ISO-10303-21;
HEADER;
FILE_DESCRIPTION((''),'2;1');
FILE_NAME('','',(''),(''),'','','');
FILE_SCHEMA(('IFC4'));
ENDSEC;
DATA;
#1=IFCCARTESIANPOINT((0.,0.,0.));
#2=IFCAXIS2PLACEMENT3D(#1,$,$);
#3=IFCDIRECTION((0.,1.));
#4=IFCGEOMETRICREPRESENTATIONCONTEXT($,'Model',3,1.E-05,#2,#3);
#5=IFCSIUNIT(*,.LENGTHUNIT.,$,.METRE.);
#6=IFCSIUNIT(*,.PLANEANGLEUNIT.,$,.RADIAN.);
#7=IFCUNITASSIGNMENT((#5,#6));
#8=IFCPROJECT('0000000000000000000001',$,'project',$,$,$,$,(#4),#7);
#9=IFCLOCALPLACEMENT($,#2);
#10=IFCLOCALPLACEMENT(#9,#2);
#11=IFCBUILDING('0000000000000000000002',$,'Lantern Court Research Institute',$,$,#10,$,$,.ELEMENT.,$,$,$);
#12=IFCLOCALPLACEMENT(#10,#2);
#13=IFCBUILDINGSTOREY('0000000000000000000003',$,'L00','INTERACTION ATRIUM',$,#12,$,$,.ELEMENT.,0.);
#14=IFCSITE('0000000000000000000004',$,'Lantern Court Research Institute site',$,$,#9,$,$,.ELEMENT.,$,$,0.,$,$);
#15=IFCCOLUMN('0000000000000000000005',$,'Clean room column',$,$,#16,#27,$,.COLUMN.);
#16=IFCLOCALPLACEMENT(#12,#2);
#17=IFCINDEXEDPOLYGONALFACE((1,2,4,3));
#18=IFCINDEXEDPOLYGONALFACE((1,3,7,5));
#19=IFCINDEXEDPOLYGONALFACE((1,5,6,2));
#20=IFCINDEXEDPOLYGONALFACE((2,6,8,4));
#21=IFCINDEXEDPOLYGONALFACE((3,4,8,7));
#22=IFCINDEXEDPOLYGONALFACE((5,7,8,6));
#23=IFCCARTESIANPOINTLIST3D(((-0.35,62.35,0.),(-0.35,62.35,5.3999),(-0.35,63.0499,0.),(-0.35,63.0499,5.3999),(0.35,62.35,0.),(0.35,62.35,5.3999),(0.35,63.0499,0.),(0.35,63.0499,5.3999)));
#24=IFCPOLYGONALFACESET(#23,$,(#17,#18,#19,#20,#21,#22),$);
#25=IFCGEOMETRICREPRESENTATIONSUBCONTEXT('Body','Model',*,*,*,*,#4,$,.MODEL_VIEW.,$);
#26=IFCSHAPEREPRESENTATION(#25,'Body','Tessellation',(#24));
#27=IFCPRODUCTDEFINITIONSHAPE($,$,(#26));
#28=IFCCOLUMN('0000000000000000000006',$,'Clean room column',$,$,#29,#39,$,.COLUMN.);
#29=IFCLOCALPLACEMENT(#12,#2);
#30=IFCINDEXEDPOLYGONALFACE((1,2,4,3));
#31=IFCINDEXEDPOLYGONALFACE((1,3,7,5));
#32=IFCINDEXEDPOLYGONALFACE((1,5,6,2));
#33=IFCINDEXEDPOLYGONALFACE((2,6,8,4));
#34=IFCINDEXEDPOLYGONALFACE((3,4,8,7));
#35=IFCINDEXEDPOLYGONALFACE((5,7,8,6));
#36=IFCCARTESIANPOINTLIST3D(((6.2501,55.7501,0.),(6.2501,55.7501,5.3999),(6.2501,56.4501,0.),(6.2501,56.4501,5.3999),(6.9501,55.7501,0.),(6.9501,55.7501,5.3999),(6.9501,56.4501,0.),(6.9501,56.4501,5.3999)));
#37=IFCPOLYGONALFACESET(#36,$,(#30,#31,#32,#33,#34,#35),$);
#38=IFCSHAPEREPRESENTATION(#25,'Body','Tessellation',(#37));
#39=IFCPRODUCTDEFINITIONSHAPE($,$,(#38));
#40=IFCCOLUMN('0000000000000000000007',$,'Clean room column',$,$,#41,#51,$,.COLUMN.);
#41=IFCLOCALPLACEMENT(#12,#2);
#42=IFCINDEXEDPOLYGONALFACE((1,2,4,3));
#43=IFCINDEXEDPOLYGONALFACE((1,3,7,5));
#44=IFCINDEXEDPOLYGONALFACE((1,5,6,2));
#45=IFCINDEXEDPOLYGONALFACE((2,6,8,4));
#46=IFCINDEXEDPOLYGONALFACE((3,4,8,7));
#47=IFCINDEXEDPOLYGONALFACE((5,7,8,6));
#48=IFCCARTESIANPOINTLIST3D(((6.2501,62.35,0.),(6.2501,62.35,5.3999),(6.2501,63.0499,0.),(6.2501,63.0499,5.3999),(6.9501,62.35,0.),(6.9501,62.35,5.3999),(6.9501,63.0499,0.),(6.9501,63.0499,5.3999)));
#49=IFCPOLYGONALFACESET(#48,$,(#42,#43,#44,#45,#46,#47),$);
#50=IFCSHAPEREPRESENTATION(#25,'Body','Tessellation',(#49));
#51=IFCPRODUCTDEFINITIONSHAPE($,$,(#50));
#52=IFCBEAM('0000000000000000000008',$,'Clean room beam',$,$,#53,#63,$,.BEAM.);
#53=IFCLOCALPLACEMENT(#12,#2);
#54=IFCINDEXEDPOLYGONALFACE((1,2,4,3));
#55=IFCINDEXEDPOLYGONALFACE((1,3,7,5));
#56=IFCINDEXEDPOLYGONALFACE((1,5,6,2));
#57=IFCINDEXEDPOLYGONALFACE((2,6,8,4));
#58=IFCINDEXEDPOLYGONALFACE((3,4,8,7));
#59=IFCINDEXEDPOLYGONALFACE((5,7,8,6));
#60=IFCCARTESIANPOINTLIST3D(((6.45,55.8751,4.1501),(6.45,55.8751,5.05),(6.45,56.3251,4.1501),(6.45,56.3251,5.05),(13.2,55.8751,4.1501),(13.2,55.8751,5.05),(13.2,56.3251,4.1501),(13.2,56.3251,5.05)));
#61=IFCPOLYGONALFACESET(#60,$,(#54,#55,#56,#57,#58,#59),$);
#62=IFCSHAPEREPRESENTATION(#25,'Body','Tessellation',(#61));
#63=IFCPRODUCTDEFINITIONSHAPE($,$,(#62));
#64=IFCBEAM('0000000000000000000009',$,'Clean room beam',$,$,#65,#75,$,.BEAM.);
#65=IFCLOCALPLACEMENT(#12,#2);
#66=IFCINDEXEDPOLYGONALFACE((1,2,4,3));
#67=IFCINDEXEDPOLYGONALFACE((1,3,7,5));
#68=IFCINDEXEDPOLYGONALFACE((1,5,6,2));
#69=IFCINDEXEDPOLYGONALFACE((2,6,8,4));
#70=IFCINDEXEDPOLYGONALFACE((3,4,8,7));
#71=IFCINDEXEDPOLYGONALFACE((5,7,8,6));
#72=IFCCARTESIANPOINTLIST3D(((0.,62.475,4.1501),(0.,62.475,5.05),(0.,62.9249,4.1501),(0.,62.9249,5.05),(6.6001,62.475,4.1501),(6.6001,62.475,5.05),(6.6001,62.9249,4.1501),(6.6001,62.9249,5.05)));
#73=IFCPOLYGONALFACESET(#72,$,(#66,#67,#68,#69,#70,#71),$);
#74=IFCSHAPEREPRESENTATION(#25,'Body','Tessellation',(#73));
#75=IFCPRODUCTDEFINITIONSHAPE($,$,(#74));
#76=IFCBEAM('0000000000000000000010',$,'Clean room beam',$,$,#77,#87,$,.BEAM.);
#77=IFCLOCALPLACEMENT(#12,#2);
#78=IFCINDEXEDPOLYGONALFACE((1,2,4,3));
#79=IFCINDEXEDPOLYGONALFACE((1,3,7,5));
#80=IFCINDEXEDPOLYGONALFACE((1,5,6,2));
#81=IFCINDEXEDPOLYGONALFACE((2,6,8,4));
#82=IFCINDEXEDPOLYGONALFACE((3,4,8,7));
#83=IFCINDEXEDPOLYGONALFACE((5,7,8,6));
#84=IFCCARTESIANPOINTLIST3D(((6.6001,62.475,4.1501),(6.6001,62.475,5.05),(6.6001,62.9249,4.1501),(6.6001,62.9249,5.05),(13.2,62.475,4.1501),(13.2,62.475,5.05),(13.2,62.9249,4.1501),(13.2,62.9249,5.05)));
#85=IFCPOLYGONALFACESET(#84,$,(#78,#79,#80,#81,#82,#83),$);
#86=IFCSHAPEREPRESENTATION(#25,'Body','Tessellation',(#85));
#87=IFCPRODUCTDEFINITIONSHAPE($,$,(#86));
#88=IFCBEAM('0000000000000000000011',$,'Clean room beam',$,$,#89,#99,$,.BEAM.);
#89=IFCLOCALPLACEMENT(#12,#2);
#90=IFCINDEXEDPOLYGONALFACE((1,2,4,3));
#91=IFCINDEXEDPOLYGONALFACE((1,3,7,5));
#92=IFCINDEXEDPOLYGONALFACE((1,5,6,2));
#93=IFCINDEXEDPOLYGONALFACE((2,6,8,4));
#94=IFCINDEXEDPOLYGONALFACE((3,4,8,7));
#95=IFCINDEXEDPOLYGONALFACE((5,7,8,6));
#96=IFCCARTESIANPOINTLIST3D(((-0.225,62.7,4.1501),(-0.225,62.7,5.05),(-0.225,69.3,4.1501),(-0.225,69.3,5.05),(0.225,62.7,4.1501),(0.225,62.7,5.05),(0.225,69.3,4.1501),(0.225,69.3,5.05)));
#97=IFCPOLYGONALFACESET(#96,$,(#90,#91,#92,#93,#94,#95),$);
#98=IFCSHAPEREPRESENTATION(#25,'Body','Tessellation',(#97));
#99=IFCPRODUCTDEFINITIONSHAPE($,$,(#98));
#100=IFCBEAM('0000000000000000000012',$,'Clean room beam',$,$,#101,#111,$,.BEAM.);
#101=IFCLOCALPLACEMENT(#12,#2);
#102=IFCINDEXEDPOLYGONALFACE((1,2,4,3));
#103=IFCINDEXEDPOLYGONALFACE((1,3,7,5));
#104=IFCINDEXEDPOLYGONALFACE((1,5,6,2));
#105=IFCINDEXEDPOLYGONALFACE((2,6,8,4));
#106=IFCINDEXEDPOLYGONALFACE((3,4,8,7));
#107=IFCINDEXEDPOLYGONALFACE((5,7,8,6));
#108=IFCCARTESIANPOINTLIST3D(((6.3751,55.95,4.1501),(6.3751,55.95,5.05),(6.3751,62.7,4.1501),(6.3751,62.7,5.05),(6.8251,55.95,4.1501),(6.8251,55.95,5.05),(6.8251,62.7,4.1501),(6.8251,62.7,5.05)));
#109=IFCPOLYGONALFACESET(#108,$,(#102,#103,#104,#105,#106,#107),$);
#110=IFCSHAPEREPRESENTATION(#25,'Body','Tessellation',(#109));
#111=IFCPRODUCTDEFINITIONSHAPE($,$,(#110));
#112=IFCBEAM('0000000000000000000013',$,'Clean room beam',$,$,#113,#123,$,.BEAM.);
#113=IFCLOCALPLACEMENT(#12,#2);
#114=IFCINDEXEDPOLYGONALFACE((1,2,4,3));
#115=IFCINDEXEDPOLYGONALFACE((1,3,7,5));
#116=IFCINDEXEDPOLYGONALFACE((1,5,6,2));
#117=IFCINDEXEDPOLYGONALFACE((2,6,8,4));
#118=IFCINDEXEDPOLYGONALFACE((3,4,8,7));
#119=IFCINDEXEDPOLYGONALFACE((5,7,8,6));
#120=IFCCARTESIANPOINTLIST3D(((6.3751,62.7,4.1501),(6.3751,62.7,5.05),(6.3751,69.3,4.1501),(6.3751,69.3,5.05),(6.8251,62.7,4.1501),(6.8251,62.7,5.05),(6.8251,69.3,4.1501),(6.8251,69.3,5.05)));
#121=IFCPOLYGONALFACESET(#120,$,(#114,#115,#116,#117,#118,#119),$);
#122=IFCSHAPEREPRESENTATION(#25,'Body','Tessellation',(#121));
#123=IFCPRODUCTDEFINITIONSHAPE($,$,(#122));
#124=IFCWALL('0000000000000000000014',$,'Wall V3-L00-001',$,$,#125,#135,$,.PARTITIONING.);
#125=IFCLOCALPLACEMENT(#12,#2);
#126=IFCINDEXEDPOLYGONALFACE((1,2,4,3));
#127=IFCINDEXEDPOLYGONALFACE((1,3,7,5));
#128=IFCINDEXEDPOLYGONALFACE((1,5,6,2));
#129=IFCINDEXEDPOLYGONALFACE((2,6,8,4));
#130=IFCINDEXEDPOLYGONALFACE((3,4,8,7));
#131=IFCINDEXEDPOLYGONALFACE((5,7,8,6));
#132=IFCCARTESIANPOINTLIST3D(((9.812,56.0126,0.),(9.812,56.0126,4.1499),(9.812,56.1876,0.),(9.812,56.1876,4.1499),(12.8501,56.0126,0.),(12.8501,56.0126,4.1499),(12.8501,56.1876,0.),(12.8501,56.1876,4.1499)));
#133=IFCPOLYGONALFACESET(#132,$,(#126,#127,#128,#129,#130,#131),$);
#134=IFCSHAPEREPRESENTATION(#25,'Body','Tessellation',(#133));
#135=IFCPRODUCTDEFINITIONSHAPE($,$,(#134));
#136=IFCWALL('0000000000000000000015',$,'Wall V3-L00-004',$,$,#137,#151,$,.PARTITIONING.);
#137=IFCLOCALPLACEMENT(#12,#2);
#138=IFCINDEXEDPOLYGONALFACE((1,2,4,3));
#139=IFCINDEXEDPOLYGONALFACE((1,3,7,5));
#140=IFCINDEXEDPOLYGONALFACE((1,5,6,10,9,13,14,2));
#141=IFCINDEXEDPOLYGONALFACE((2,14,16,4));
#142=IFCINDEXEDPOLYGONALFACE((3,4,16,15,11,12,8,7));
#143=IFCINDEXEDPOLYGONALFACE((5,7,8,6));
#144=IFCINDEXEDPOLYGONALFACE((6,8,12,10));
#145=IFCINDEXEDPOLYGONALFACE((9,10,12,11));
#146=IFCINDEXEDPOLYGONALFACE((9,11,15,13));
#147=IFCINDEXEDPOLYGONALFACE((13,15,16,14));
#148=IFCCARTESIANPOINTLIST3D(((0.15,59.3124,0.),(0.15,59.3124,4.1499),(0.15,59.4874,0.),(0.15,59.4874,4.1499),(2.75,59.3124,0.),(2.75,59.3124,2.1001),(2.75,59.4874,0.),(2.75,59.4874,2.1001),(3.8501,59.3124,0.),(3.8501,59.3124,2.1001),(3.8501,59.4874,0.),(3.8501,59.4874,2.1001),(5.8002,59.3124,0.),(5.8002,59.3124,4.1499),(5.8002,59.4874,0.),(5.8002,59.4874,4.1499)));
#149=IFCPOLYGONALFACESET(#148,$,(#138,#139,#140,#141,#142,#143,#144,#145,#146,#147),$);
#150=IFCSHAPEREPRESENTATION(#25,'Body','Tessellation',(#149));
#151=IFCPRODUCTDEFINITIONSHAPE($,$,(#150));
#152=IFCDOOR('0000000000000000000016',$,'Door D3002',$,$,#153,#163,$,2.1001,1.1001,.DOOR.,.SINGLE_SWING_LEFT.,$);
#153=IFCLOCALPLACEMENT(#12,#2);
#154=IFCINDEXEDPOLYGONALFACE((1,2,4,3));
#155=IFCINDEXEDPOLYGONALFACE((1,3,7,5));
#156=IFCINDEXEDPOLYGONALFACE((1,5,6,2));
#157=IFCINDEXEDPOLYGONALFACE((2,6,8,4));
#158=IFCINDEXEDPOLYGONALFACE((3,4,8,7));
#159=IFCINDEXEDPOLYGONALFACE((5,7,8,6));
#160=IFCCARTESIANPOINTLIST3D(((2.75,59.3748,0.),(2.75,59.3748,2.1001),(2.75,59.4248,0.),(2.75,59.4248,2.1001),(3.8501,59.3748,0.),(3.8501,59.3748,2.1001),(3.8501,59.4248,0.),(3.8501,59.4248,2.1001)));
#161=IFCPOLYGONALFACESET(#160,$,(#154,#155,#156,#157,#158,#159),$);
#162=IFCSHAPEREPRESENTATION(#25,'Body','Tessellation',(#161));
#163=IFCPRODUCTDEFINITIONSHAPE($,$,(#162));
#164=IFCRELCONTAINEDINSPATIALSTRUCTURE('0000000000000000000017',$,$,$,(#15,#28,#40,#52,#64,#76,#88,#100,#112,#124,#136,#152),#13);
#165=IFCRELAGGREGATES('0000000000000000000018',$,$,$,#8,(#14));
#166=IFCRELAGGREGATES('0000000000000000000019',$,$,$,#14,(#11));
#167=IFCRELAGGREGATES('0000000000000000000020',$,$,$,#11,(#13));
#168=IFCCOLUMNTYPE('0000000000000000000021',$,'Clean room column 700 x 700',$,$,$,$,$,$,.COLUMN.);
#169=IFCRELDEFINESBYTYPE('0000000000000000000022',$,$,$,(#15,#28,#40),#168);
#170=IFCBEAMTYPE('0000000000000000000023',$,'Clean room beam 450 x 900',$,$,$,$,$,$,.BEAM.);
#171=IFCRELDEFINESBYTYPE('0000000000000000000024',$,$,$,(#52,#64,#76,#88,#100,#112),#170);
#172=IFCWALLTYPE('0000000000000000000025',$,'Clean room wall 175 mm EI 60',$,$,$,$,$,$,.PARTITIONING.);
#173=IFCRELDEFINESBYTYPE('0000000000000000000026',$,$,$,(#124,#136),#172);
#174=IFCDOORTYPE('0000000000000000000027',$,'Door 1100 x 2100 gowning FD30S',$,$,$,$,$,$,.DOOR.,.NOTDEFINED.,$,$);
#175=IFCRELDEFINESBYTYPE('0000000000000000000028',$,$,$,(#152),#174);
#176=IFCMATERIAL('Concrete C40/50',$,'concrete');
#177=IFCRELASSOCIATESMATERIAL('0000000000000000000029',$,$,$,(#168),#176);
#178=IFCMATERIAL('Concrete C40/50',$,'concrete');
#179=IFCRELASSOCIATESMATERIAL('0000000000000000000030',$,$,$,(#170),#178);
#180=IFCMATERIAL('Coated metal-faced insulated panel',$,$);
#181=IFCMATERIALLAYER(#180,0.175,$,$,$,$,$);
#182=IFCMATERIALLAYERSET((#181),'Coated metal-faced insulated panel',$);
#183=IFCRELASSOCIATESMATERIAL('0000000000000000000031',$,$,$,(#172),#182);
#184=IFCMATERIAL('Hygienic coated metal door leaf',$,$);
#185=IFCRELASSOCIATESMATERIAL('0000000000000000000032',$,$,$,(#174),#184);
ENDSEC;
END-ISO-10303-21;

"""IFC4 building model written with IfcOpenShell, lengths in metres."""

from ifc_helpers import new_model, si_unit, direction, frame, frame_2d, origin, origin_2d, place, context, subcontext, project, spatial, rectangle, extrude, material, layer, layer_set, material_profile, profile_set, type_object, element, fill, save


model = new_model("IFC4")

# Units and contexts
model_context = context("Model", 3, precision=1e-05, world=origin(), true_north=direction((0.0, 1.0)))
body_context = subcontext(model_context, "Body", "Model", "MODEL_VIEW")
ifc_project = project(units=[si_unit("LENGTHUNIT", "METRE"), si_unit("PLANEANGLEUNIT", "RADIAN")], contexts=[model_context])

# Site, building, storey
site_placement = place(None, origin())
site = spatial("IfcSite", under=ifc_project, at=site_placement, Name="Lantern Court Research Institute site", CompositionType="ELEMENT", RefElevation=0.0)
building_placement = place(site_placement, origin())
building = spatial("IfcBuilding", under=site, at=building_placement, Name="Lantern Court Research Institute", CompositionType="ELEMENT")
storey_placement = place(building_placement, origin())
storey = spatial("IfcBuildingStorey", under=building, at=storey_placement, Name="L00", Description="INTERACTION ATRIUM", CompositionType="ELEMENT", Elevation=0.0)

# Columns
ifc_material_1 = material(Name="Concrete C40/50", Category="concrete")
ifc_material_profile_1 = material_profile(ifc_material_1, rectangle(XDim=0.7, YDim=0.7, at=origin_2d()), Name="Clean room column 700 x 700")
ifc_profile_set_1 = profile_set([ifc_material_profile_1], Name="Concrete C40/50")
column_type = type_object("IfcColumnType", Name="Clean room column 700 x 700", PredefinedType="COLUMN", material=ifc_profile_set_1)
for number, where, z_axis, x_axis, name in (
    (1, (0.0, 62.7, 0.0), (0.0, 0.0, 1.0), (1.0, 0.0, 0.0), "Clean room column"),
    (2, (6.6001, 56.1001, 0.0), (0.0, 0.0, 1.0), (1.0, 0.0, 0.0), "Clean room column"),
    (3, (6.6001, 62.7, 0.0), (0.0, 0.0, 1.0), (1.0, 0.0, 0.0), "Clean room column"),
):
    element("IfcColumn", number, at=place(storey_placement, frame(where, z_axis=z_axis, x_axis=x_axis)), inside=storey, type_object=column_type, Name=name, PredefinedType="COLUMN", context=body_context, shape_type="SweptSolid", body=[
        extrude(rectangle(XDim=0.7, YDim=0.7, at=origin_2d()), origin(), (0.0, 0.0, 1.0), 5.3999),
    ])

# Beams
ifc_material_2 = material(Name="Concrete C40/50", Category="concrete")
ifc_material_profile_2 = material_profile(ifc_material_2, rectangle(XDim=0.45, YDim=0.8999, at=origin_2d()), Name="Clean room beam 450 x 900")
ifc_profile_set_2 = profile_set([ifc_material_profile_2], Name="Concrete C40/50")
beam_type = type_object("IfcBeamType", Name="Clean room beam 450 x 900", PredefinedType="BEAM", material=ifc_profile_set_2)
beam_1_placement = place(storey_placement, frame((6.45, 56.1001, 4.6001), z_axis=(1.0, 0.0, 0.0), x_axis=(0.0, 1.0, 0.0)))
element("IfcBeam", 4, at=beam_1_placement, inside=storey, type_object=beam_type, Name="Clean room beam", PredefinedType="BEAM", context=body_context, shape_type="SweptSolid", body=[
    extrude(rectangle(XDim=0.45, YDim=0.8999, at=origin_2d()), origin(), (0.0, 0.0, 1.0), 6.75),
])
beam_2_placement = place(storey_placement, frame((0.0, 62.7, 4.6001), z_axis=(1.0, 0.0, 0.0), x_axis=(0.0, 1.0, 0.0)))
element("IfcBeam", 5, at=beam_2_placement, inside=storey, type_object=beam_type, Name="Clean room beam", PredefinedType="BEAM", context=body_context, shape_type="SweptSolid", body=[
    extrude(rectangle(XDim=0.45, YDim=0.8999, at=origin_2d()), origin(), (0.0, 0.0, 1.0), 6.6001),
])
beam_3_placement = place(storey_placement, frame((6.6001, 62.7, 4.6001), z_axis=(1.0, 0.0, 0.0), x_axis=(0.0, 1.0, 0.0)))
element("IfcBeam", 6, at=beam_3_placement, inside=storey, type_object=beam_type, Name="Clean room beam", PredefinedType="BEAM", context=body_context, shape_type="SweptSolid", body=[
    extrude(rectangle(XDim=0.45, YDim=0.8999, at=origin_2d()), origin(), (0.0, 0.0, 1.0), 6.5999),
])
beam_4_placement = place(storey_placement, frame((0.0, 62.7, 4.6001), z_axis=(0.0, 1.0, 0.0), x_axis=(-1.0, 0.0, 0.0)))
element("IfcBeam", 7, at=beam_4_placement, inside=storey, type_object=beam_type, Name="Clean room beam", PredefinedType="BEAM", context=body_context, shape_type="SweptSolid", body=[
    extrude(rectangle(XDim=0.45, YDim=0.8999, at=origin_2d()), origin(), (0.0, 0.0, 1.0), 6.6001),
])
beam_5_placement = place(storey_placement, frame((6.6001, 55.95, 4.6001), z_axis=(0.0, 1.0, 0.0), x_axis=(-1.0, 0.0, 0.0)))
element("IfcBeam", 8, at=beam_5_placement, inside=storey, type_object=beam_type, Name="Clean room beam", PredefinedType="BEAM", context=body_context, shape_type="SweptSolid", body=[
    extrude(rectangle(XDim=0.45, YDim=0.8999, at=origin_2d()), origin(), (0.0, 0.0, 1.0), 6.75),
])
beam_6_placement = place(storey_placement, frame((6.6001, 62.7, 4.6001), z_axis=(0.0, 1.0, 0.0), x_axis=(-1.0, 0.0, 0.0)))
element("IfcBeam", 9, at=beam_6_placement, inside=storey, type_object=beam_type, Name="Clean room beam", PredefinedType="BEAM", context=body_context, shape_type="SweptSolid", body=[
    extrude(rectangle(XDim=0.45, YDim=0.8999, at=origin_2d()), origin(), (0.0, 0.0, 1.0), 6.6001),
])

# Wall
ifc_material_3 = material(Name="Coated metal-faced insulated panel")
ifc_layer_1 = layer(ifc_material_3, 0.175)
ifc_layer_set_1 = layer_set([ifc_layer_1], Name="Coated metal-faced insulated panel")
wall_type_1 = type_object("IfcWallType", Name="Clean room wall 175 mm EI 60", PredefinedType="PARTITIONING", material=ifc_layer_set_1)
wall_1_placement = place(storey_placement, frame((9.812, 56.1001, 0.0), z_axis=(0.0, 0.0, 1.0), x_axis=(1.0, 0.0, 0.0)))
element("IfcWall", 10, at=wall_1_placement, inside=storey, type_object=wall_type_1, Name="Wall V3-L00-001", PredefinedType="PARTITIONING", context=body_context, shape_type="SweptSolid", body=[
    extrude(rectangle(XDim=3.0381, YDim=0.175, at=frame_2d((1.519, 0.0))), origin(), (0.0, 0.0, 1.0), 4.1499),
])

# Wall, opening, door
wall_2_placement = place(storey_placement, frame((0.1499, 59.3999, 0.0), z_axis=(0.0, 0.0, 1.0), x_axis=(1.0, 0.0, 0.0)))
wall_2 = element("IfcWall", 11, at=wall_2_placement, inside=storey, type_object=wall_type_1, Name="Wall V3-L00-004", PredefinedType="PARTITIONING", context=body_context, shape_type="SweptSolid", body=[
    extrude(rectangle(XDim=5.6501, YDim=0.175, at=frame_2d((2.8252, 0.0))), origin(), (0.0, 0.0, 1.0), 4.1499),
])
opening_1_placement = place(wall_2_placement, frame((2.6001, 0.0, 0.0)))
opening_1 = element("IfcOpeningElement", 12, at=opening_1_placement, cuts=wall_2, PredefinedType="OPENING", context=body_context, shape_type="SweptSolid", body=[
    extrude(rectangle(XDim=1.1001, YDim=2.1001, at=frame_2d((0.55, 1.05))), frame((0.0, 0.0974, 0.0), z_axis=(0.0, -1.0, 0.0), x_axis=(1.0, 0.0, 0.0)), (0.0, 0.0, 1.0), 0.1951),
])
ifc_material_4 = material(Name="Hygienic coated metal door leaf")
door_type_1 = type_object("IfcDoorType", Name="Door 1100 x 2100 gowning FD30S", OperationType="NOTDEFINED", PredefinedType="DOOR", material=ifc_material_4)
door_1_placement = place(opening_1_placement, origin())
door_1 = element("IfcDoor", 13, at=door_1_placement, inside=storey, type_object=door_type_1, Name="Door D3002", OperationType="SINGLE_SWING_LEFT", OverallHeight=2.1001, OverallWidth=1.1001, PredefinedType="DOOR", context=body_context, shape_type="SweptSolid", body=[
    extrude(rectangle(XDim=1.1001, YDim=2.1001, at=frame_2d((0.55, 1.05))), frame((0.0, 0.0249, 0.0), z_axis=(0.0, -1.0, 0.0), x_axis=(1.0, 0.0, 0.0)), (0.0, 0.0, 1.0), 0.05),
])
fill(opening_1, door_1)

save(model, "model.ifc")
